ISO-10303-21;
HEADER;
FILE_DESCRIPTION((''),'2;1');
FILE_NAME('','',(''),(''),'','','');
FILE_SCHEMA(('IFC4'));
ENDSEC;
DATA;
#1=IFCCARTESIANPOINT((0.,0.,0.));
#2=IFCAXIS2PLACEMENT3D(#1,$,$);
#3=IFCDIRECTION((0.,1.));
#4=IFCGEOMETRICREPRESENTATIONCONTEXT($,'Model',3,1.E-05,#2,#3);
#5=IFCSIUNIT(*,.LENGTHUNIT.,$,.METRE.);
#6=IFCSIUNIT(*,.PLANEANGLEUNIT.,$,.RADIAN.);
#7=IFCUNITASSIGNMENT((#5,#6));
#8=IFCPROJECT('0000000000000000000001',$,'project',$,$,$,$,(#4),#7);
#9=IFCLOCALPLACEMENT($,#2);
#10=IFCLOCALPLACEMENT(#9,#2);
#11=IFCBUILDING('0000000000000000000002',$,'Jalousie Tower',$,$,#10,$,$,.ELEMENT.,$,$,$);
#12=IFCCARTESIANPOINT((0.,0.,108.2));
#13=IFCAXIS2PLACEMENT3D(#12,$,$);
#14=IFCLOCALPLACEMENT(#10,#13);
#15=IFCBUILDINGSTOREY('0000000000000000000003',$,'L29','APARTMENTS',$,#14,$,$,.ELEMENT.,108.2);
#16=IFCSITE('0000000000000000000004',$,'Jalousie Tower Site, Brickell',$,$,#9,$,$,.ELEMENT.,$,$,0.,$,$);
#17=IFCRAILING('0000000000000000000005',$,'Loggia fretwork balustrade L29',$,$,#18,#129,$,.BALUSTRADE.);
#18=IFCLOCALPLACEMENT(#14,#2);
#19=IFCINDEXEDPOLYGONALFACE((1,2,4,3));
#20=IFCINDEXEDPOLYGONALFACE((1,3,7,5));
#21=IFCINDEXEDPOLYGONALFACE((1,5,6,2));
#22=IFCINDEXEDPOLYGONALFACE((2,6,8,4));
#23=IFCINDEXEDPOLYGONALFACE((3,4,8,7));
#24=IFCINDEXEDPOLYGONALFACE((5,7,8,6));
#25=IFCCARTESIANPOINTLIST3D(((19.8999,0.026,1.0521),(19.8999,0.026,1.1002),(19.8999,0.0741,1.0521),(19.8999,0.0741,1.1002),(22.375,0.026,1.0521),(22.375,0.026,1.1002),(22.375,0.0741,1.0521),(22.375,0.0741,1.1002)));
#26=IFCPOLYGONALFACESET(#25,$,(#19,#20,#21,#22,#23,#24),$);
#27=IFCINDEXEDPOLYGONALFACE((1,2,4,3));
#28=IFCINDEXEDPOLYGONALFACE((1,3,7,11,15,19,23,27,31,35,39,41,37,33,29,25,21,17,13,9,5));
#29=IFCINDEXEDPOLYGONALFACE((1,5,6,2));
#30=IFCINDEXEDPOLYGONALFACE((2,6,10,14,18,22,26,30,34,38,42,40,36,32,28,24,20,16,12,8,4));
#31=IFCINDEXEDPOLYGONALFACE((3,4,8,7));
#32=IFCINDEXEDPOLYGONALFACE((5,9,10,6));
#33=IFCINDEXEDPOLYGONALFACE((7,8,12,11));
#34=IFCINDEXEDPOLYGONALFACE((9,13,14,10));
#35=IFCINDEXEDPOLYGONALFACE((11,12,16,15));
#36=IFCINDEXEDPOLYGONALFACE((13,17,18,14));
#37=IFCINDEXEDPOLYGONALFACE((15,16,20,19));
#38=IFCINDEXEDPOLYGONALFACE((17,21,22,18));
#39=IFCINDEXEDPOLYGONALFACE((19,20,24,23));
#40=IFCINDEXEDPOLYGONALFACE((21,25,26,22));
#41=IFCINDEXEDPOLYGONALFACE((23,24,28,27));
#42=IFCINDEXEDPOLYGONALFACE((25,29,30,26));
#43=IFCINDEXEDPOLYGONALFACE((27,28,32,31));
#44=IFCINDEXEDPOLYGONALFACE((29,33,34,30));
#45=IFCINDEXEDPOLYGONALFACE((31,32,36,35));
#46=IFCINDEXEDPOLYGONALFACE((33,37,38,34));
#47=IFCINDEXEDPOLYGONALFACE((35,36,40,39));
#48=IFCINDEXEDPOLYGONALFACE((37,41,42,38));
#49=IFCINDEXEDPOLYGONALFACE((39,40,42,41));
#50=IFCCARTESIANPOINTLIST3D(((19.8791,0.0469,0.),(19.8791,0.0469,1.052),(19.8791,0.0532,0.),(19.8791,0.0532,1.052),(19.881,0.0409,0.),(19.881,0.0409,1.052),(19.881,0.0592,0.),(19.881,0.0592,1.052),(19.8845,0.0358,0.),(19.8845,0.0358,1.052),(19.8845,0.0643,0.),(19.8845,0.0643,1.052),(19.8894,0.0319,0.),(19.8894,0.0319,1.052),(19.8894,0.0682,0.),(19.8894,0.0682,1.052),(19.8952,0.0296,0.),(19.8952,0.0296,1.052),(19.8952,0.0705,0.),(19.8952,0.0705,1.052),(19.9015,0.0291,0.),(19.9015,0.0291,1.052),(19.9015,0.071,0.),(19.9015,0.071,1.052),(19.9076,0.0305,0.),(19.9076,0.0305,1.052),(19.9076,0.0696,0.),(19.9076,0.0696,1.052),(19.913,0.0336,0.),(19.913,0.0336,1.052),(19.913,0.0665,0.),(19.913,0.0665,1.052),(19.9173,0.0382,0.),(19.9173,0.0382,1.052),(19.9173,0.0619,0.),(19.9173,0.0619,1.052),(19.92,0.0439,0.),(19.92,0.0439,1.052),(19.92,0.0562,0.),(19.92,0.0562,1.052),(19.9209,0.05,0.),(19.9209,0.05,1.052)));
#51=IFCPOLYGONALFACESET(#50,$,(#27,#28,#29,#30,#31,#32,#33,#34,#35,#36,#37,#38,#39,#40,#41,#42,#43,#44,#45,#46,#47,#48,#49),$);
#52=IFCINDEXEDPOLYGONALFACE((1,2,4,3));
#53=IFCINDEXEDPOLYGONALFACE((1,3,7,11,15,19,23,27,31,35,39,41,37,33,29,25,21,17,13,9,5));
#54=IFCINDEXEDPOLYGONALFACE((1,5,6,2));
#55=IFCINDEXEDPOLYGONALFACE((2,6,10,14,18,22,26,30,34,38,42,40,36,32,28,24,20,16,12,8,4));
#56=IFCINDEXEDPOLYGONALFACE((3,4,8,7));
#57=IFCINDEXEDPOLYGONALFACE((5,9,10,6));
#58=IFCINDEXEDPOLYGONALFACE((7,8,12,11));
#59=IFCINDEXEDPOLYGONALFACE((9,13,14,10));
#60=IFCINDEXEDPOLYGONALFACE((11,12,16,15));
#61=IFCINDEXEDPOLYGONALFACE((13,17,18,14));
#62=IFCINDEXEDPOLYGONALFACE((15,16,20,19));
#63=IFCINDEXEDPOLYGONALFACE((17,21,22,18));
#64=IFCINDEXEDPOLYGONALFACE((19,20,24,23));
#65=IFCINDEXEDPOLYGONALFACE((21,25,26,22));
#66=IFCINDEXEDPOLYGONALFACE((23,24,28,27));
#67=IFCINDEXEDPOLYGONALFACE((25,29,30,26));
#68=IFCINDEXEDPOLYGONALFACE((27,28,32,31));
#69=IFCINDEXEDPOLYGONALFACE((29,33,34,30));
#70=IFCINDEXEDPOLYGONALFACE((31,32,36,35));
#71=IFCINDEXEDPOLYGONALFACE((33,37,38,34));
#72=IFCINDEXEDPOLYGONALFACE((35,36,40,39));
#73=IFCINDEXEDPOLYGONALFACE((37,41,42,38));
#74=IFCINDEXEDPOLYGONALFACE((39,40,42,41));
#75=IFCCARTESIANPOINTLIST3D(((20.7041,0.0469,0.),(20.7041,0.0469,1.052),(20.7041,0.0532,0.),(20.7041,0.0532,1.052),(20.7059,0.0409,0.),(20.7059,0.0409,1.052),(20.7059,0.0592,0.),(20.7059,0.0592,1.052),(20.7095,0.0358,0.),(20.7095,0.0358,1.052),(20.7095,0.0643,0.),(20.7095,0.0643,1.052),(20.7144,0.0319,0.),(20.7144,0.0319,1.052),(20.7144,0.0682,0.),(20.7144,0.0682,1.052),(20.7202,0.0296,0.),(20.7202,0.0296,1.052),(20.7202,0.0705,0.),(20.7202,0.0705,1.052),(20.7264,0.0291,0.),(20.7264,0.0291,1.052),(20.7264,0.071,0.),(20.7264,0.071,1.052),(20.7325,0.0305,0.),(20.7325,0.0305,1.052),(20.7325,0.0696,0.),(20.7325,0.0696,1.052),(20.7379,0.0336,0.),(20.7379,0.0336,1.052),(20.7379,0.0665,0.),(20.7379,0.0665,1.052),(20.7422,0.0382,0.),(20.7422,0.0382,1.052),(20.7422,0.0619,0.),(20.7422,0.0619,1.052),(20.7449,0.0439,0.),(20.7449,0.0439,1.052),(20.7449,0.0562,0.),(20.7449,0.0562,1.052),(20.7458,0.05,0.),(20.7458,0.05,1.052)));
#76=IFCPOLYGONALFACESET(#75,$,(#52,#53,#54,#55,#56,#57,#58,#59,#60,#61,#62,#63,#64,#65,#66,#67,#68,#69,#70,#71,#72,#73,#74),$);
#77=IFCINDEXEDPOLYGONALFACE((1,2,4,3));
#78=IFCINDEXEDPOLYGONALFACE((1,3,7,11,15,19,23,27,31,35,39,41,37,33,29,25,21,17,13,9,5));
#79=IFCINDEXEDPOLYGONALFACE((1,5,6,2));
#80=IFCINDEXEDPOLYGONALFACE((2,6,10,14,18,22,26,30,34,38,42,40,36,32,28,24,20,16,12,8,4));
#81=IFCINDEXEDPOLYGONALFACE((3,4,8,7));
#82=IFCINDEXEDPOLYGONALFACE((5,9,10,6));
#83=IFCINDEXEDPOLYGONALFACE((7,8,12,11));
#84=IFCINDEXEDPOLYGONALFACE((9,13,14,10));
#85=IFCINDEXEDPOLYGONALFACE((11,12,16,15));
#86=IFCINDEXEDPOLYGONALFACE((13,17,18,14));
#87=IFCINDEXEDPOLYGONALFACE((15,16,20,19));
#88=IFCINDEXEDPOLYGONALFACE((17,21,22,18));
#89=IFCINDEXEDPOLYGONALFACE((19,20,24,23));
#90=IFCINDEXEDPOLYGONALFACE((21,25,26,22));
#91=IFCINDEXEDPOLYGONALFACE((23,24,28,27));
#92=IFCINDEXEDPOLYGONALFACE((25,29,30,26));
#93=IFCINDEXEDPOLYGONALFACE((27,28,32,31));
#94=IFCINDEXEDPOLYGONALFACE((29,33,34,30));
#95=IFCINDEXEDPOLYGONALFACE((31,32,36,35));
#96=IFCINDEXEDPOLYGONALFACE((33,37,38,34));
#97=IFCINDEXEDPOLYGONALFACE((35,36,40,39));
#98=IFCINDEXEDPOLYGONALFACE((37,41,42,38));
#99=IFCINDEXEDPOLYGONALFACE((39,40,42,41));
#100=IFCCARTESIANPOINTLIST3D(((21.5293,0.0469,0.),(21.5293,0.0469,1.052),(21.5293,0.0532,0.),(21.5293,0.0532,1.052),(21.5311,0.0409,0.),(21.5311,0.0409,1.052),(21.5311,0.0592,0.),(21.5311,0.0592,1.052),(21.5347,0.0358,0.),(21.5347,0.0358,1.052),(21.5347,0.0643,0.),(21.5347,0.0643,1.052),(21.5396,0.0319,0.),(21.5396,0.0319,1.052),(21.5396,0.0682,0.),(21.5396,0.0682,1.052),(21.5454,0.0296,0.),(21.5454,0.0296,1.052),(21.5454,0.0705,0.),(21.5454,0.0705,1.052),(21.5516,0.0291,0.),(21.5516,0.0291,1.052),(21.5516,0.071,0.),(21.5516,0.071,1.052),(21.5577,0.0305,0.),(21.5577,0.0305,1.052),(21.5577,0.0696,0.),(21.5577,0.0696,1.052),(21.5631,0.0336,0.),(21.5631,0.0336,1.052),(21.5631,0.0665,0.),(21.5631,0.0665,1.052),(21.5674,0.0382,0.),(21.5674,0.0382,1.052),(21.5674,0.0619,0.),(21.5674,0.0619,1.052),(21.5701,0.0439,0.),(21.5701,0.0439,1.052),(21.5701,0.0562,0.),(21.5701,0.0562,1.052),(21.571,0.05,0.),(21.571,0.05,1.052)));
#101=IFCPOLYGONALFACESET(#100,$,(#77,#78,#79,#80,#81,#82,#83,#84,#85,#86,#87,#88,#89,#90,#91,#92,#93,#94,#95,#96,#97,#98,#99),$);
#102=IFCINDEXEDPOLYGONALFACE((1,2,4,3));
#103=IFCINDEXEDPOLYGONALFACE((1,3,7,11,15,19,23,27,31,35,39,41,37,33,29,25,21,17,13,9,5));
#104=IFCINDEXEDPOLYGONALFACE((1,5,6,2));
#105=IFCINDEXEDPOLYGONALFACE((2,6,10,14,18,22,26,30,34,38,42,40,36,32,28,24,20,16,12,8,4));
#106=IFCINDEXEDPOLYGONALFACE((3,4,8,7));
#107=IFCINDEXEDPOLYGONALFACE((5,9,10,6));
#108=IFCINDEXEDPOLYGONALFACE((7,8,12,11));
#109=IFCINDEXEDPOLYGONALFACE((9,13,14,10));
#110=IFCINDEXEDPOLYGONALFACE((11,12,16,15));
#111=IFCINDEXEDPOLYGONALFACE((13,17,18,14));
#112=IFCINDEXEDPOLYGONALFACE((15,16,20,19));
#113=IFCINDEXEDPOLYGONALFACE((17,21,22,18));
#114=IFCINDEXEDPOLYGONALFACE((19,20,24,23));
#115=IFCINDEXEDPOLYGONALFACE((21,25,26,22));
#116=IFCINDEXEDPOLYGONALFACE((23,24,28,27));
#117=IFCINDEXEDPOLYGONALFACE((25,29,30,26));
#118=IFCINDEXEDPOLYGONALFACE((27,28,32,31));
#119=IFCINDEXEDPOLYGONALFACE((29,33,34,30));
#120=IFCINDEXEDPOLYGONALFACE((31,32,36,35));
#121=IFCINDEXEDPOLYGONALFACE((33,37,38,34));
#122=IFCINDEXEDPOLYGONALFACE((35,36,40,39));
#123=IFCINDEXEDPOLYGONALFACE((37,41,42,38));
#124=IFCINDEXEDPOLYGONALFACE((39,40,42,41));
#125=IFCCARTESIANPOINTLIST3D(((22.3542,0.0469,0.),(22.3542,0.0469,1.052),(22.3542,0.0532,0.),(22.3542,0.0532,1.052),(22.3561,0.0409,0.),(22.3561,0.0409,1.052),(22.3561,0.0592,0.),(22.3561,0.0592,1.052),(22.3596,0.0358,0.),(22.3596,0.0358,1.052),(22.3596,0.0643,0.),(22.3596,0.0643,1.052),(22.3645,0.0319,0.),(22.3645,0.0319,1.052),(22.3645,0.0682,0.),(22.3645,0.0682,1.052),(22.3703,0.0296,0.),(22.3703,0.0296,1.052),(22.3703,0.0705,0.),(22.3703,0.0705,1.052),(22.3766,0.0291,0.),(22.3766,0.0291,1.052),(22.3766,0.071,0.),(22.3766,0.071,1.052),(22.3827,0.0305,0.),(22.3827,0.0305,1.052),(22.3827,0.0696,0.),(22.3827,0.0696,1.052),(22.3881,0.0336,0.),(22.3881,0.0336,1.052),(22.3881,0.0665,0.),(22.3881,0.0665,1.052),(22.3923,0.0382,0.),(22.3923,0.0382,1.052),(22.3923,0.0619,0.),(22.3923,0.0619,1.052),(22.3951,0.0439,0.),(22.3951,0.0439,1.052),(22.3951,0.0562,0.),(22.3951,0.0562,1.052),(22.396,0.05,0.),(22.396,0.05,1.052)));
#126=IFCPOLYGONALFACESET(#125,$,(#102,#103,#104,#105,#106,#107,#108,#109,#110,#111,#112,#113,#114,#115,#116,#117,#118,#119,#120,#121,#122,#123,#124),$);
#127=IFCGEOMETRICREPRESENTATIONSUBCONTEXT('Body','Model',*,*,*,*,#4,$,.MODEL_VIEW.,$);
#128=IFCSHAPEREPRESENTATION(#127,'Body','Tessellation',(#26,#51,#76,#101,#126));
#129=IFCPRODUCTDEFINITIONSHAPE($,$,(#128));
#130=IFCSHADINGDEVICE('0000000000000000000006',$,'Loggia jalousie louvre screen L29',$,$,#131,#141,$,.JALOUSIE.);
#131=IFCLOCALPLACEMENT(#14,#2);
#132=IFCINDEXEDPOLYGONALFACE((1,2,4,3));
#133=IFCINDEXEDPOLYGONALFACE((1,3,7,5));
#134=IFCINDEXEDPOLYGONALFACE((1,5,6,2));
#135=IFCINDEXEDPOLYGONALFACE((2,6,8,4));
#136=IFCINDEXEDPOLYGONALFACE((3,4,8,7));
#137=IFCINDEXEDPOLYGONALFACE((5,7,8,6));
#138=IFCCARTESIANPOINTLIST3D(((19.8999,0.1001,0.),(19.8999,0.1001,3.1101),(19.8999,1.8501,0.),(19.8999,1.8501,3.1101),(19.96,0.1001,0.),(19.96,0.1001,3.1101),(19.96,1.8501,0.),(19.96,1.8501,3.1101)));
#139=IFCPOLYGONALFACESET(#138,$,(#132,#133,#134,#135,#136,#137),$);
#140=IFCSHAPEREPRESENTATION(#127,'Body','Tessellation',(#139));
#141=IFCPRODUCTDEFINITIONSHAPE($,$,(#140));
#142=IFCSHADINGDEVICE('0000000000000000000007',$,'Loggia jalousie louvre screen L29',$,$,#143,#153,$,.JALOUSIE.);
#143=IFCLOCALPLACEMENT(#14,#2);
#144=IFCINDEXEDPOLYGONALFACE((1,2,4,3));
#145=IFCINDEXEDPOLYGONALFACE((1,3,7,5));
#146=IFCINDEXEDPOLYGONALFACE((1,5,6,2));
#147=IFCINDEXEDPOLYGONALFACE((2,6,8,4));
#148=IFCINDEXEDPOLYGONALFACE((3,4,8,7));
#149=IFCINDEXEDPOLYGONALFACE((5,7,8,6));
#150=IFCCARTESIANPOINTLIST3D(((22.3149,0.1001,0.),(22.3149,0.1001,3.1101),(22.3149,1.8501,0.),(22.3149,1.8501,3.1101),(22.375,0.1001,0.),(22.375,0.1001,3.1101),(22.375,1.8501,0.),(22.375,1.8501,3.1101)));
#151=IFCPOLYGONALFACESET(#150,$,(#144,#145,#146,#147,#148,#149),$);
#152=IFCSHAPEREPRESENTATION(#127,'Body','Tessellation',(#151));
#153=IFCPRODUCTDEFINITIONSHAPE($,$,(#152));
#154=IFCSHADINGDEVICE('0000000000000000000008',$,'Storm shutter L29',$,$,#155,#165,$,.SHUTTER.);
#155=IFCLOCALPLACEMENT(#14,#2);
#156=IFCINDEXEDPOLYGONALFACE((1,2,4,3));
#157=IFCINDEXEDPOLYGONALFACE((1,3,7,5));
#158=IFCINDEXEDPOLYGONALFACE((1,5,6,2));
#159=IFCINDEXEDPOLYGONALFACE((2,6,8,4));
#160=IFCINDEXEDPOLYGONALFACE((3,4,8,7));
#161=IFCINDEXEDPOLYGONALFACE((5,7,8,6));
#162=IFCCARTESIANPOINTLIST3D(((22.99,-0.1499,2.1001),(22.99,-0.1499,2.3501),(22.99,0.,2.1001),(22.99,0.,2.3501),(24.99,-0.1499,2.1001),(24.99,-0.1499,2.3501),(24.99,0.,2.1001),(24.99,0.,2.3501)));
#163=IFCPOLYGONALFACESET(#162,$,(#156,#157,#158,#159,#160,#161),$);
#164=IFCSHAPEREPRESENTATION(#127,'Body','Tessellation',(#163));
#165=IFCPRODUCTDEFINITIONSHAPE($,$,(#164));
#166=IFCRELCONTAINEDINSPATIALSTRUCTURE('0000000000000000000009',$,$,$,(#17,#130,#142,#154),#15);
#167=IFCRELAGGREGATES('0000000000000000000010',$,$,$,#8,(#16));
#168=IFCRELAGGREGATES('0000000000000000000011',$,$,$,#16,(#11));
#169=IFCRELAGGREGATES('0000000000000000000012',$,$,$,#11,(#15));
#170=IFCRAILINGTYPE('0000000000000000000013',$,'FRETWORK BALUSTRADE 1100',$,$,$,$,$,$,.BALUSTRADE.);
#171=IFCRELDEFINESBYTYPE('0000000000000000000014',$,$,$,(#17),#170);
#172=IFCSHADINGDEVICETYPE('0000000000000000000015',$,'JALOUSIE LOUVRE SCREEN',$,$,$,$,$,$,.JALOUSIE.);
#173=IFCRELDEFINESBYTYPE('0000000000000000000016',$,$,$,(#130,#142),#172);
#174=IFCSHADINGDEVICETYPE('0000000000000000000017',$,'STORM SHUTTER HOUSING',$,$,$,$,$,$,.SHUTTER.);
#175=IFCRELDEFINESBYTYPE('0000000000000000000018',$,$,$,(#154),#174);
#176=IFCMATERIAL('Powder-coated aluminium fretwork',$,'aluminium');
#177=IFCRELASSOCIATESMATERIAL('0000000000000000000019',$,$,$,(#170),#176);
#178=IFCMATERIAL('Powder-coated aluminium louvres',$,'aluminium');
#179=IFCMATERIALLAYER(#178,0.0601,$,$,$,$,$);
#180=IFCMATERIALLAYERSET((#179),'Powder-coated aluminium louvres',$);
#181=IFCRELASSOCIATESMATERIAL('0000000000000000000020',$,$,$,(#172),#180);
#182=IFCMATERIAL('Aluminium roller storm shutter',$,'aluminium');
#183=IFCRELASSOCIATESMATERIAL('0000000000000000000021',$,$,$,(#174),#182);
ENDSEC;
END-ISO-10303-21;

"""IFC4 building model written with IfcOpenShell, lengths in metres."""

from ifc_helpers import new_model, si_unit, direction, frame, origin, origin_2d, place, context, subcontext, project, spatial, rectangle, circle, extrude, material, layer, layer_set, type_object, element, save


model = new_model("IFC4")

# Units and contexts
model_context = context("Model", 3, precision=1e-05, world=origin(), true_north=direction((0.0, 1.0)))
body_context = subcontext(model_context, "Body", "Model", "MODEL_VIEW")
ifc_project = project(units=[si_unit("LENGTHUNIT", "METRE"), si_unit("PLANEANGLEUNIT", "RADIAN")], contexts=[model_context])

# Site, building, storey
site_placement = place(None, origin())
site = spatial("IfcSite", under=ifc_project, at=site_placement, Name="Jalousie Tower Site, Brickell", CompositionType="ELEMENT", RefElevation=0.0)
building_placement = place(site_placement, origin())
building = spatial("IfcBuilding", under=site, at=building_placement, Name="Jalousie Tower", CompositionType="ELEMENT")
storey_placement = place(building_placement, frame((0.0, 0.0, 108.2)))
storey = spatial("IfcBuildingStorey", under=building, at=storey_placement, Name="L29", Description="APARTMENTS", CompositionType="ELEMENT", Elevation=108.2)

# Railing
ifc_material_1 = material(Name="Powder-coated aluminium fretwork", Category="aluminium")
railing_type = type_object("IfcRailingType", Name="FRETWORK BALUSTRADE 1100", PredefinedType="BALUSTRADE", material=ifc_material_1)
railing_placement = place(storey_placement, frame((19.8999, 0.05, 0.0)))
element("IfcRailing", 1, at=railing_placement, inside=storey, type_object=railing_type, Name="Loggia fretwork balustrade L29", PredefinedType="BALUSTRADE", context=body_context, shape_type="SweptSolid", body=[
    extrude(rectangle(XDim=0.0481, YDim=0.0481, at=origin_2d()), frame((0.0, 0.0, 1.0762), z_axis=(1.0, 0.0, 0.0), x_axis=(0.0, 1.0, 0.0)), (0.0, 0.0, 1.0), 2.4751),
    extrude(circle(Radius=0.021, at=origin_2d()), origin(), (0.0, 0.0, 1.0), 1.052),
    extrude(circle(Radius=0.021, at=origin_2d()), frame((0.825, 0.0, 0.0)), (0.0, 0.0, 1.0), 1.052),
    extrude(circle(Radius=0.021, at=origin_2d()), frame((1.6501, 0.0, 0.0)), (0.0, 0.0, 1.0), 1.052),
    extrude(circle(Radius=0.021, at=origin_2d()), frame((2.4751, 0.0, 0.0)), (0.0, 0.0, 1.0), 1.052),
])

# Shading devices
ifc_material_2 = material(Name="Powder-coated aluminium louvres", Category="aluminium")
ifc_layer_1 = layer(ifc_material_2, 0.0601)
ifc_layer_set_1 = layer_set([ifc_layer_1], Name="Powder-coated aluminium louvres")
shading_device_type_1 = type_object("IfcShadingDeviceType", Name="JALOUSIE LOUVRE SCREEN", PredefinedType="JALOUSIE", material=ifc_layer_set_1)
for number, where, z_axis, x_axis, name in (
    (2, (19.9299, 0.9751, 0.0), (0.0, 0.0, 1.0), (1.0, 0.0, 0.0), "Loggia jalousie louvre screen L29"),
    (3, (22.345, 0.9751, 0.0), (0.0, 0.0, 1.0), (1.0, 0.0, 0.0), "Loggia jalousie louvre screen L29"),
):
    element("IfcShadingDevice", number, at=place(storey_placement, frame(where, z_axis=z_axis, x_axis=x_axis)), inside=storey, type_object=shading_device_type_1, Name=name, PredefinedType="JALOUSIE", context=body_context, shape_type="SweptSolid", body=[
        extrude(rectangle(XDim=0.0601, YDim=1.75, at=origin_2d()), origin(), (0.0, 0.0, 1.0), 3.1101),
    ])
ifc_material_3 = material(Name="Aluminium roller storm shutter", Category="aluminium")
shading_device_type_2 = type_object("IfcShadingDeviceType", Name="STORM SHUTTER HOUSING", PredefinedType="SHUTTER", material=ifc_material_3)
shading_device_placement = place(storey_placement, frame((23.99, -0.075, 2.1001), z_axis=(0.0, 0.0, 1.0), x_axis=(1.0, 0.0, 0.0)))
element("IfcShadingDevice", 4, at=shading_device_placement, inside=storey, type_object=shading_device_type_2, Name="Storm shutter L29", PredefinedType="SHUTTER", context=body_context, shape_type="SweptSolid", body=[
    extrude(rectangle(XDim=2.0, YDim=0.1499, at=origin_2d()), origin(), (0.0, 0.0, 1.0), 0.25),
])

save(model, "model.ifc")
